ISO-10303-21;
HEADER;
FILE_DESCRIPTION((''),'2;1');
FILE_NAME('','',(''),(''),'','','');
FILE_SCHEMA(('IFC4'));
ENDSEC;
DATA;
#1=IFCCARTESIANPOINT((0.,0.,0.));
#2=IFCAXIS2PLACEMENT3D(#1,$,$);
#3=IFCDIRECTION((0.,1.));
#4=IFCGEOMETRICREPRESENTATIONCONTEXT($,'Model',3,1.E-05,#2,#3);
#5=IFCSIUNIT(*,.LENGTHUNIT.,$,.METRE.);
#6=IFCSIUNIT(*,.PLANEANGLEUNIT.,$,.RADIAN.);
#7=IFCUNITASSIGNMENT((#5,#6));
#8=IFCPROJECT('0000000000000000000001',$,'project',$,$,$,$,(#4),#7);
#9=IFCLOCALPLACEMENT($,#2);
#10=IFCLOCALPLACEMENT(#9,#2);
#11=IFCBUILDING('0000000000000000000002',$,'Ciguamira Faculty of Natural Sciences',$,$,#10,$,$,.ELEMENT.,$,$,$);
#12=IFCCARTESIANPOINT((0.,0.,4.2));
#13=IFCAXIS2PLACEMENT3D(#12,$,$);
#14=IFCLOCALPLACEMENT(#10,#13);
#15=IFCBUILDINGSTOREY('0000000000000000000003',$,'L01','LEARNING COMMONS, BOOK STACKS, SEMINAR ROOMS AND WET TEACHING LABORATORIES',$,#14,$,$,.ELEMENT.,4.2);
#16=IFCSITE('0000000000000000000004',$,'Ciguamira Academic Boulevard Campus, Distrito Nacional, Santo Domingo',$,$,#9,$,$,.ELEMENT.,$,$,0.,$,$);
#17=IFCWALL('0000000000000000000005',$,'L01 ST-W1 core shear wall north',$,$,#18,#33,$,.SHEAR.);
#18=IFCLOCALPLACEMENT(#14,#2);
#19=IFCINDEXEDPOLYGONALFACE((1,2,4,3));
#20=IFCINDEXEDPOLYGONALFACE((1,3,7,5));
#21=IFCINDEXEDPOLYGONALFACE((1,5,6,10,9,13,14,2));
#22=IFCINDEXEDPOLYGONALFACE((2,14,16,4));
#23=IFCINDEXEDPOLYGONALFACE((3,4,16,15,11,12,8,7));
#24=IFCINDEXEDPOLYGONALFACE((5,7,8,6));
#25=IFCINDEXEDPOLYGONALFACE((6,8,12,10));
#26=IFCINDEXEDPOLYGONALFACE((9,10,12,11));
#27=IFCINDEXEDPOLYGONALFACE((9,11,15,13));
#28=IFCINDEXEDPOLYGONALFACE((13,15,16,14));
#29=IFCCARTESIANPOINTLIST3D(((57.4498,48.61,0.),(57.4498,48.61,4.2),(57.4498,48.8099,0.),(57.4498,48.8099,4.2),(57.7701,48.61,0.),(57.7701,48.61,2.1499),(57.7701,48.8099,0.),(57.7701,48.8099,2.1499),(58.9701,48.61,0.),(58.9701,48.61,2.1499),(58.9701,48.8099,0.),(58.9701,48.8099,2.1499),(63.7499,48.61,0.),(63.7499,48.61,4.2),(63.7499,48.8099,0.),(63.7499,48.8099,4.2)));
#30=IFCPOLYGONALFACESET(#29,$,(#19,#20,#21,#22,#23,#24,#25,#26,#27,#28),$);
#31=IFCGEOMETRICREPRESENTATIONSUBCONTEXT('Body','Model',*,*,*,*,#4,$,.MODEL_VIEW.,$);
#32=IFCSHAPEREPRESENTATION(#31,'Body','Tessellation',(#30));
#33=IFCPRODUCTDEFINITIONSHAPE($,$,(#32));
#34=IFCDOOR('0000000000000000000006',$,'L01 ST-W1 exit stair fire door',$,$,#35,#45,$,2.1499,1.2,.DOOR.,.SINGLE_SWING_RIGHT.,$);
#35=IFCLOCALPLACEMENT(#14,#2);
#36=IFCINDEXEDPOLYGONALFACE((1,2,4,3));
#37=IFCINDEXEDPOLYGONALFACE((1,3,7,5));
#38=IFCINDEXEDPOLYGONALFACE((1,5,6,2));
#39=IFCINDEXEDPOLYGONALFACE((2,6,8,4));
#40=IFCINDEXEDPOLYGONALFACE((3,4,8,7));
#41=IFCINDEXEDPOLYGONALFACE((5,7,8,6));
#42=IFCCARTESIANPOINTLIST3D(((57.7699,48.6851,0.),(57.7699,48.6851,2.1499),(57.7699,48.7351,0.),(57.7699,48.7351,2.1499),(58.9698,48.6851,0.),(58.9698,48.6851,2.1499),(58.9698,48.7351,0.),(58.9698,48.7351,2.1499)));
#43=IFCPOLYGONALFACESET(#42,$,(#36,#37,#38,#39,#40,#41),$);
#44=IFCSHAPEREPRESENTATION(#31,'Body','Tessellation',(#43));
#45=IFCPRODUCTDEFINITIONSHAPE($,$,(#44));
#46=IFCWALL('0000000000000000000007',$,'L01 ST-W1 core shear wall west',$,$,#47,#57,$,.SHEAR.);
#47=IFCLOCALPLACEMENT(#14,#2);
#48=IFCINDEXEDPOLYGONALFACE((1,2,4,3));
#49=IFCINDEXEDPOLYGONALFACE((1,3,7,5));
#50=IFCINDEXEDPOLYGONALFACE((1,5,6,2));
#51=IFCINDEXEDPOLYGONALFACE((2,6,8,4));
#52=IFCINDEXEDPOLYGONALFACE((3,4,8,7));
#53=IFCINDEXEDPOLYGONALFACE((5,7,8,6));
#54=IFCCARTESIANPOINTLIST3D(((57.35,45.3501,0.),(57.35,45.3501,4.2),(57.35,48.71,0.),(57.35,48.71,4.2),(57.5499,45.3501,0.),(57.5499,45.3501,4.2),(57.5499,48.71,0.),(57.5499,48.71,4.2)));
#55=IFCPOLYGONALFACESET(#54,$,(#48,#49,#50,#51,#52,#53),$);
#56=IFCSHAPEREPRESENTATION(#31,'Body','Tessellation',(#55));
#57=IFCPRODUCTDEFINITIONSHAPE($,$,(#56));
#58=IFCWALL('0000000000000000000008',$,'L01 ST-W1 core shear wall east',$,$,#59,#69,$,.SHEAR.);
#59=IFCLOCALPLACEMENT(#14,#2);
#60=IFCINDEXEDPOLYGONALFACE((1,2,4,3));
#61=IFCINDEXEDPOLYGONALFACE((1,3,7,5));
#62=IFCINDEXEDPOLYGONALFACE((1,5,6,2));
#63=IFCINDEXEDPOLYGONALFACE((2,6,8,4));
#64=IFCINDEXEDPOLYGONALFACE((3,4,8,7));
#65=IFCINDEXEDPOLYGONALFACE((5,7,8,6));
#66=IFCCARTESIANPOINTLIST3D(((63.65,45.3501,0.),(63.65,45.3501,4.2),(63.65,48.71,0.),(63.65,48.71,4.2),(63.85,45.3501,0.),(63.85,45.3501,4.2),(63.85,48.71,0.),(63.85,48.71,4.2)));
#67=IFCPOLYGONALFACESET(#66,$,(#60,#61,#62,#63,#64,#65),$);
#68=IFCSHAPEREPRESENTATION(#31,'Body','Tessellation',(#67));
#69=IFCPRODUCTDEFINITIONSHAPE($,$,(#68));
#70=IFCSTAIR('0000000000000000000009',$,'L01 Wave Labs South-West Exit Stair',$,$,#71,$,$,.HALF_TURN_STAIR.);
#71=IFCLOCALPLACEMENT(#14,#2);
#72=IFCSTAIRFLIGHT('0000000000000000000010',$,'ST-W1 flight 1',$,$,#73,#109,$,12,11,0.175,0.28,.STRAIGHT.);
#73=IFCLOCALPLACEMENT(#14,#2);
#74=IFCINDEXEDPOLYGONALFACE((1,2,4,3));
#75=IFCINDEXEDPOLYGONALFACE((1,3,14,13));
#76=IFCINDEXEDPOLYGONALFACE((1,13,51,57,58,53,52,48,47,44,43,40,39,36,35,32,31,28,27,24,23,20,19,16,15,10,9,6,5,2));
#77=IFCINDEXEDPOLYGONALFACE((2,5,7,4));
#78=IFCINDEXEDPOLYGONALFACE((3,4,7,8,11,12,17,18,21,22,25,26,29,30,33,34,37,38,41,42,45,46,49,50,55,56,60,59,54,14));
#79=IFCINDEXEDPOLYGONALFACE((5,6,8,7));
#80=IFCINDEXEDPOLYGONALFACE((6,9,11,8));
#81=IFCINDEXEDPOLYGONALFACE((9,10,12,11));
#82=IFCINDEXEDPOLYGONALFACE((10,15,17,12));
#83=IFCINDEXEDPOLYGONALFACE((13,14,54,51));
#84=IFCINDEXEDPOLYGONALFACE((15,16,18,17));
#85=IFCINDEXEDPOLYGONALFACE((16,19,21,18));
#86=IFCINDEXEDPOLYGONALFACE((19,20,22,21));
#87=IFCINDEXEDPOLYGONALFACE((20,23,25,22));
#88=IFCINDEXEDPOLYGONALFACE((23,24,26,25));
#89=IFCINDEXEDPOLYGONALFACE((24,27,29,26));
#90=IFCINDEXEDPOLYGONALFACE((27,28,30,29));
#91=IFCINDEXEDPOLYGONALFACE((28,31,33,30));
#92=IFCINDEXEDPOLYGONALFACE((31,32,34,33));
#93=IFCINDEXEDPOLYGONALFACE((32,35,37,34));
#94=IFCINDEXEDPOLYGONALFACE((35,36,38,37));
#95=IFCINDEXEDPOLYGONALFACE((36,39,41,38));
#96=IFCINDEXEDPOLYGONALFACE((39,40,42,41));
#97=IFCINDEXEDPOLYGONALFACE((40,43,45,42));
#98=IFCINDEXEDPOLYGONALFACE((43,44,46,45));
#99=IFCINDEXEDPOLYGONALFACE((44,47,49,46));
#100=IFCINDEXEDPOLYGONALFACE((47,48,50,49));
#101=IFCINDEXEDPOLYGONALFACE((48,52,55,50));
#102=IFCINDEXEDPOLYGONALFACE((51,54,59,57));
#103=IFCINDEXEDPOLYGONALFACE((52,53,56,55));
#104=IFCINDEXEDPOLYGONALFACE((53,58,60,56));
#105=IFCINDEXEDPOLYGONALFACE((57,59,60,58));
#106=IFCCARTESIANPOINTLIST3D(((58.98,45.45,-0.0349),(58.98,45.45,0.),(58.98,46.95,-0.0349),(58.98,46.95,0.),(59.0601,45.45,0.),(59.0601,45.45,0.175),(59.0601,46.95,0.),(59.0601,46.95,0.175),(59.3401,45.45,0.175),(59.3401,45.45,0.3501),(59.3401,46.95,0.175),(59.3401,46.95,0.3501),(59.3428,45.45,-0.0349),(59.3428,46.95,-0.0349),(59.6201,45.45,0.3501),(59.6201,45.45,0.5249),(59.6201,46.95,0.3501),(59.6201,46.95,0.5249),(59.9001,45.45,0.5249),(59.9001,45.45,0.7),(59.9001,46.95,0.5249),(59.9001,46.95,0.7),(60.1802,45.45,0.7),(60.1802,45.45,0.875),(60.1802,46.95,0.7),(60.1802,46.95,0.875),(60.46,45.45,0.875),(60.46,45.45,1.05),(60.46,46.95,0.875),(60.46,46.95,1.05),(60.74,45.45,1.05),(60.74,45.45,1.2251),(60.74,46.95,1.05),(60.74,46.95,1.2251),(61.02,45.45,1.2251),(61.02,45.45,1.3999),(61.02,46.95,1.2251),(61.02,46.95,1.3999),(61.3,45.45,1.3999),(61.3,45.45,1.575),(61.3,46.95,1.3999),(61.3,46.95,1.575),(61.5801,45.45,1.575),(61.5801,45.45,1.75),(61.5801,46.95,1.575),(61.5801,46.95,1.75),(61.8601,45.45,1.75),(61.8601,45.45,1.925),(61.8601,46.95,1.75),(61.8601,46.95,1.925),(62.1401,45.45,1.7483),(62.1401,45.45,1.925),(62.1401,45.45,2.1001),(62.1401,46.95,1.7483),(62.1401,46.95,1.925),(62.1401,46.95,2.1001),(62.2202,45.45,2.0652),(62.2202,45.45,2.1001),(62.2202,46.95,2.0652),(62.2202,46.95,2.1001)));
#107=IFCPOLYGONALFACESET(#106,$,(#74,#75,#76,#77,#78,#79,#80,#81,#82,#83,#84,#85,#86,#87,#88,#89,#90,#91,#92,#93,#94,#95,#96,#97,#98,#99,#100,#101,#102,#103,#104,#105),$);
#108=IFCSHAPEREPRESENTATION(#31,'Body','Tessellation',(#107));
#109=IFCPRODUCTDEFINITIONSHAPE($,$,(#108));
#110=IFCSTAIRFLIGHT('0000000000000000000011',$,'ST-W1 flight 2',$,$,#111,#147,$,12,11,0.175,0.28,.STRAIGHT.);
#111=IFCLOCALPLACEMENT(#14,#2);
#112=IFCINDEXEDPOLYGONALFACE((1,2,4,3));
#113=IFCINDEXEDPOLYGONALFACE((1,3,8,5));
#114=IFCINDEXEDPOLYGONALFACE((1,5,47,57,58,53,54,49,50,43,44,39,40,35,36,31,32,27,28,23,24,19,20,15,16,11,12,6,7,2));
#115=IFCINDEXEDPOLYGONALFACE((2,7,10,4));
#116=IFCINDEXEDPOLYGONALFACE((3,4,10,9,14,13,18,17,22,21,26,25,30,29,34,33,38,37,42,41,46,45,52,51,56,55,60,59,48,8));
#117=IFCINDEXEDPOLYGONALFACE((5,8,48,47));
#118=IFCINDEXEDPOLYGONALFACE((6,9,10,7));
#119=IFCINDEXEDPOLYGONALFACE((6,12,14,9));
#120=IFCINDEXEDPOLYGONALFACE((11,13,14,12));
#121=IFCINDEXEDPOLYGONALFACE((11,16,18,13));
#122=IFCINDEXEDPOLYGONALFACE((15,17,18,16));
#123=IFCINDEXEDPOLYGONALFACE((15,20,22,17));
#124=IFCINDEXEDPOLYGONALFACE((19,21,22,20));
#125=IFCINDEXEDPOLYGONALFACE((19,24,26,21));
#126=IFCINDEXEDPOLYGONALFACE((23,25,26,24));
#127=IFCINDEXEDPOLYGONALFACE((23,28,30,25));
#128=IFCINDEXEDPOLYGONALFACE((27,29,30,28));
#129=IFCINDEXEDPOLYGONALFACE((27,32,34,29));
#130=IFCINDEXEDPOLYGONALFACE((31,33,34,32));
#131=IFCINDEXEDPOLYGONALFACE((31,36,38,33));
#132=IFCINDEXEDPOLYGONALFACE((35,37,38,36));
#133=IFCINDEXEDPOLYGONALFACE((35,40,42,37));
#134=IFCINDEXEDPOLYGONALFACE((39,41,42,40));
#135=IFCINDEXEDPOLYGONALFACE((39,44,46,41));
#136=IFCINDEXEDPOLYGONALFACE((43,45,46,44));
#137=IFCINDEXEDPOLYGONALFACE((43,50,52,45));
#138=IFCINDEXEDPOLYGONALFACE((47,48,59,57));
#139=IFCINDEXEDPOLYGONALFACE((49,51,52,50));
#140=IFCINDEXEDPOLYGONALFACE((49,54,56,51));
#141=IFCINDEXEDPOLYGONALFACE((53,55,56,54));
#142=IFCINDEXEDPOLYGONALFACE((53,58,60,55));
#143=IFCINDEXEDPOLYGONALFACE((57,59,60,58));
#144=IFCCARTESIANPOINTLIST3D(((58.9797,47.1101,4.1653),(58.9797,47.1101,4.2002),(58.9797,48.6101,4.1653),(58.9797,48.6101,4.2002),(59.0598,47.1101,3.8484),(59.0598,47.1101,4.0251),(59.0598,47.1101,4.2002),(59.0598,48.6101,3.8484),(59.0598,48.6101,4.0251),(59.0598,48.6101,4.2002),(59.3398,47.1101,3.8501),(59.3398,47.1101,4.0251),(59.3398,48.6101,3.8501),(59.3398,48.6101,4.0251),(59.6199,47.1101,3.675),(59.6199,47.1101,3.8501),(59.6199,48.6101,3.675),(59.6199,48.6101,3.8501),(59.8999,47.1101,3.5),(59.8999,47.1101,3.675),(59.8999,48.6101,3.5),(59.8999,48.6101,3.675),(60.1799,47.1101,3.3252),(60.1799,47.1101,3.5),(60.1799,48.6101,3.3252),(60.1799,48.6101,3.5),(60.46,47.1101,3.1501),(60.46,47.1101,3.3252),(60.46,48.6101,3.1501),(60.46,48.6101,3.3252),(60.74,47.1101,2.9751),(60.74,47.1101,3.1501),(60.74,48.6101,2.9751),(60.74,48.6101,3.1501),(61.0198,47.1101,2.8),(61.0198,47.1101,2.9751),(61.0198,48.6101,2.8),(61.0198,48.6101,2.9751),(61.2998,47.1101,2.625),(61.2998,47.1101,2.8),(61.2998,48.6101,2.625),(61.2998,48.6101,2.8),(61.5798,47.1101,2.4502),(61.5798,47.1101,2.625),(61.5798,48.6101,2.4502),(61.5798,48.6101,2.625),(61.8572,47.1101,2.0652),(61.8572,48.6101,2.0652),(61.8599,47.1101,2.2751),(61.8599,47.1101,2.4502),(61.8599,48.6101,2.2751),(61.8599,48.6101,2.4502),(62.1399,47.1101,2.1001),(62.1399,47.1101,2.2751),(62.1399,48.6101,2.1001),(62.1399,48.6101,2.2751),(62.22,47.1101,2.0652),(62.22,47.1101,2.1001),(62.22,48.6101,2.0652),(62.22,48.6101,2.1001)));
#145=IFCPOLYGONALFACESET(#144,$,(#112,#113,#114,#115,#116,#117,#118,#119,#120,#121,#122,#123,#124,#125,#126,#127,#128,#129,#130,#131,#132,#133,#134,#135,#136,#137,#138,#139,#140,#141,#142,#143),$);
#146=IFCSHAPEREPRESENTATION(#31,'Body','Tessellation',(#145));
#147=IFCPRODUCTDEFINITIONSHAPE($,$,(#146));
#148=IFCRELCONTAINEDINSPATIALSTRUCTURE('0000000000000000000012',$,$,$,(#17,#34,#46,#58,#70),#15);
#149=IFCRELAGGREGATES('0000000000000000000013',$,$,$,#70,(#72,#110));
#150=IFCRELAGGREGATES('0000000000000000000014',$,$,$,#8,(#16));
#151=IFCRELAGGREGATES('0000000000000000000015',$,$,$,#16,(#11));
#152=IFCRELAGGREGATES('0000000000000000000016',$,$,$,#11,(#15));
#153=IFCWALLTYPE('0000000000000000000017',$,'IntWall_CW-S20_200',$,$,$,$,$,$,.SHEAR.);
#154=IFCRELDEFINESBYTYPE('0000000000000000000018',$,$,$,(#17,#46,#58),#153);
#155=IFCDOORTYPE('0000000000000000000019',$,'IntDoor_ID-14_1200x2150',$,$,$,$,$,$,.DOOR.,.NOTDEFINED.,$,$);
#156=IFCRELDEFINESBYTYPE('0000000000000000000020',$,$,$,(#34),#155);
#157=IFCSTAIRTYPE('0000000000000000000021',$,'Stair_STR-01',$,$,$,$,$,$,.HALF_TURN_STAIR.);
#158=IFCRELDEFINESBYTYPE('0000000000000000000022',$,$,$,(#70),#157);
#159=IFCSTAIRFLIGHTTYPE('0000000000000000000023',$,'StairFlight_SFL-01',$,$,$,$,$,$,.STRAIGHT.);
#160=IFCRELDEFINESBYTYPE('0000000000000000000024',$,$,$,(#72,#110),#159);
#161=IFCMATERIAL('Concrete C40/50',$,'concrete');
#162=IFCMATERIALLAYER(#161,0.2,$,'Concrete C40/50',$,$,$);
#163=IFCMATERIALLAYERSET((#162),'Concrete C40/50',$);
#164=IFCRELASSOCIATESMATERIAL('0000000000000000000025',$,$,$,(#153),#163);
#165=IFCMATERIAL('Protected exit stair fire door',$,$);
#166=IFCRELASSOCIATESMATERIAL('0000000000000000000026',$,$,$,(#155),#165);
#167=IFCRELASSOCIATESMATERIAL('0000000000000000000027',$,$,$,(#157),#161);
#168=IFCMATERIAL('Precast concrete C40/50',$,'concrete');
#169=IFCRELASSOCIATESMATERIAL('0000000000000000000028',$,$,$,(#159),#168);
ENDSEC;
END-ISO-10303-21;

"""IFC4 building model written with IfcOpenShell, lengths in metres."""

from ifc_helpers import new_model, si_unit, direction, frame, frame_2d, origin, place, context, subcontext, project, spatial, polyline, rectangle, outline, extrude, material, layer, layer_set, type_object, element, fill, aggregate, save


model = new_model("IFC4")

# Units and contexts
model_context = context("Model", 3, precision=1e-05, world=origin(), true_north=direction((0.0, 1.0)))
body_context = subcontext(model_context, "Body", "Model", "MODEL_VIEW")
ifc_project = project(units=[si_unit("LENGTHUNIT", "METRE"), si_unit("PLANEANGLEUNIT", "RADIAN")], contexts=[model_context])

# Site, building, storey
site_placement = place(None, origin())
site = spatial("IfcSite", under=ifc_project, at=site_placement, Name="Ciguamira Academic Boulevard Campus, Distrito Nacional, Santo Domingo", CompositionType="ELEMENT", RefElevation=0.0)
building_placement = place(site_placement, origin())
building = spatial("IfcBuilding", under=site, at=building_placement, Name="Ciguamira Faculty of Natural Sciences", CompositionType="ELEMENT")
storey_placement = place(building_placement, frame((0.0, 0.0, 4.2)))
storey = spatial("IfcBuildingStorey", under=building, at=storey_placement, Name="L01", Description="LEARNING COMMONS, BOOK STACKS, SEMINAR ROOMS AND WET TEACHING LABORATORIES", CompositionType="ELEMENT", Elevation=4.2)

# Shared definitions
ifc_material_1 = material(Name="Concrete C40/50", Category="concrete")

# Shared definitions
ifc_material_2 = material(Name="Precast concrete C40/50", Category="concrete")

# Shared definitions
ifc_layer_1 = layer(ifc_material_1, 0.2, Name="Concrete C40/50")
ifc_layer_set_1 = layer_set([ifc_layer_1], Name="Concrete C40/50")
wall_type_1 = type_object("IfcWallType", Name="IntWall_CW-S20_200", PredefinedType="SHEAR", material=ifc_layer_set_1)

# Wall, opening, door
wall_1_placement = place(storey_placement, frame((57.45, 48.71, 0.0), z_axis=(0.0, 0.0, 1.0), x_axis=(1.0, 0.0, 0.0)))
wall_1 = element("IfcWall", 1, at=wall_1_placement, inside=storey, type_object=wall_type_1, Name="L01 ST-W1 core shear wall north", PredefinedType="SHEAR", context=body_context, shape_type="SweptSolid", body=[
    extrude(rectangle(XDim=6.3, YDim=0.2, at=frame_2d((3.1499, 0.0))), origin(), (0.0, 0.0, 1.0), 4.2),
])
opening_1_placement = place(wall_1_placement, frame((0.3201, 0.0, 0.0)))
opening_1 = element("IfcOpeningElement", 2, at=opening_1_placement, cuts=wall_1, PredefinedType="OPENING", context=body_context, shape_type="SweptSolid", body=[
    extrude(rectangle(XDim=1.2, YDim=2.1499, at=frame_2d((0.6001, 1.075))), frame((0.0, 0.1099, 0.0), z_axis=(0.0, -1.0, 0.0), x_axis=(1.0, 0.0, 0.0)), (0.0, 0.0, 1.0), 0.22),
])
ifc_material_3 = material(Name="Protected exit stair fire door")
door_type = type_object("IfcDoorType", Name="IntDoor_ID-14_1200x2150", OperationType="NOTDEFINED", PredefinedType="DOOR", material=ifc_material_3)
door_placement = place(opening_1_placement, frame((1.2, 0.0, 0.0), z_axis=(0.0, 0.0, 1.0), x_axis=(-1.0, 0.0, 0.0)))
door = element("IfcDoor", 3, at=door_placement, inside=storey, type_object=door_type, Name="L01 ST-W1 exit stair fire door", OperationType="SINGLE_SWING_RIGHT", OverallHeight=2.1499, OverallWidth=1.2, PredefinedType="DOOR", context=body_context, shape_type="SweptSolid", body=[
    extrude(rectangle(XDim=1.2, YDim=2.1499, at=frame_2d((0.6001, 1.075))), frame((0.0, 0.0249, 0.0), z_axis=(0.0, -1.0, 0.0), x_axis=(1.0, 0.0, 0.0)), (0.0, 0.0, 1.0), 0.05),
])
fill(opening_1, door)

# Walls
for number, where, z_axis, x_axis, name in (
    (4, (57.45, 45.3501, 0.0), (0.0, 0.0, 1.0), (0.0, 1.0, 0.0), "L01 ST-W1 core shear wall west"),
    (5, (63.75, 45.3501, 0.0), (0.0, 0.0, 1.0), (0.0, 1.0, 0.0), "L01 ST-W1 core shear wall east"),
):
    element("IfcWall", number, at=place(storey_placement, frame(where, z_axis=z_axis, x_axis=x_axis)), inside=storey, type_object=wall_type_1, Name=name, PredefinedType="SHEAR", context=body_context, shape_type="SweptSolid", body=[
        extrude(rectangle(XDim=3.3599, YDim=0.2, at=frame_2d((1.6799, 0.0))), origin(), (0.0, 0.0, 1.0), 4.2),
    ])

# Stair, stair flights
stair_type = type_object("IfcStairType", Name="Stair_STR-01", PredefinedType="HALF_TURN_STAIR", material=ifc_material_1)
stair_placement = place(storey_placement, origin())
stair = element("IfcStair", 6, at=stair_placement, inside=storey, type_object=stair_type, Name="L01 Wave Labs South-West Exit Stair", PredefinedType="HALF_TURN_STAIR")
stair_flight_type = type_object("IfcStairFlightType", Name="StairFlight_SFL-01", PredefinedType="STRAIGHT", material=ifc_material_2)
stair_flight_1_placement = place(storey_placement, frame((59.0601, 46.2, 0.0), z_axis=(0.0, 0.0, 1.0), x_axis=(1.0, 0.0, 0.0)))
stair_flight_1 = element("IfcStairFlight", 7, at=stair_flight_1_placement, type_object=stair_flight_type, Name="ST-W1 flight 1", NumberOfRisers=12, NumberOfTreads=11, PredefinedType="STRAIGHT", RiserHeight=0.175, TreadLength=0.28, context=body_context, shape_type="SweptSolid", body=[
    extrude(outline(polyline([(-0.0801, -0.0349), (-0.0801, 0.0), (0.0, 0.0), (0.0, 0.175), (0.28, 0.175), (0.28, 0.3501), (0.5601, 0.3501), (0.5601, 0.5249), (0.8401, 0.5249), (0.8401, 0.7), (1.1201, 0.7), (1.1201, 0.875), (1.3999, 0.875), (1.3999, 1.05), (1.6799, 1.05), (1.6799, 1.2251), (1.96, 1.2251), (1.96, 1.3999), (2.24, 1.3999), (2.24, 1.575), (2.52, 1.575), (2.52, 1.75), (2.8, 1.75), (2.8, 1.925), (3.0801, 1.925), (3.0801, 2.1001), (3.1602, 2.1001), (3.1602, 2.0652), (3.0801, 1.7483), (0.2827, -0.0349), (-0.0801, -0.0349)])), frame((0.0, 0.75, 0.0), z_axis=(0.0, -1.0, 0.0), x_axis=(1.0, 0.0, 0.0)), (0.0, 0.0, 1.0), 1.5),
])
stair_flight_2_placement = place(storey_placement, frame((62.1399, 47.8601, 2.1001), z_axis=(0.0, 0.0, 1.0), x_axis=(-1.0, 0.0, 0.0)))
stair_flight_2 = element("IfcStairFlight", 8, at=stair_flight_2_placement, type_object=stair_flight_type, Name="ST-W1 flight 2", NumberOfRisers=12, NumberOfTreads=11, PredefinedType="STRAIGHT", RiserHeight=0.175, TreadLength=0.28, context=body_context, shape_type="SweptSolid", body=[
    extrude(outline(polyline([(-0.0801, -0.0349), (-0.0801, 0.0), (0.0, 0.0), (0.0, 0.175), (0.28, 0.175), (0.28, 0.3501), (0.5601, 0.3501), (0.5601, 0.5249), (0.8401, 0.5249), (0.8401, 0.7), (1.1201, 0.7), (1.1201, 0.875), (1.3999, 0.875), (1.3999, 1.05), (1.6799, 1.05), (1.6799, 1.2251), (1.96, 1.2251), (1.96, 1.3999), (2.24, 1.3999), (2.24, 1.575), (2.52, 1.575), (2.52, 1.75), (2.8, 1.75), (2.8, 1.925), (3.0801, 1.925), (3.0801, 2.1001), (3.1602, 2.1001), (3.1602, 2.0652), (3.0801, 1.7483), (0.2827, -0.0349), (-0.0801, -0.0349)])), frame((0.0, 0.75, 0.0), z_axis=(0.0, -1.0, 0.0), x_axis=(1.0, 0.0, 0.0)), (0.0, 0.0, 1.0), 1.5),
])
aggregate(stair, [stair_flight_1, stair_flight_2])

save(model, "model.ifc")
